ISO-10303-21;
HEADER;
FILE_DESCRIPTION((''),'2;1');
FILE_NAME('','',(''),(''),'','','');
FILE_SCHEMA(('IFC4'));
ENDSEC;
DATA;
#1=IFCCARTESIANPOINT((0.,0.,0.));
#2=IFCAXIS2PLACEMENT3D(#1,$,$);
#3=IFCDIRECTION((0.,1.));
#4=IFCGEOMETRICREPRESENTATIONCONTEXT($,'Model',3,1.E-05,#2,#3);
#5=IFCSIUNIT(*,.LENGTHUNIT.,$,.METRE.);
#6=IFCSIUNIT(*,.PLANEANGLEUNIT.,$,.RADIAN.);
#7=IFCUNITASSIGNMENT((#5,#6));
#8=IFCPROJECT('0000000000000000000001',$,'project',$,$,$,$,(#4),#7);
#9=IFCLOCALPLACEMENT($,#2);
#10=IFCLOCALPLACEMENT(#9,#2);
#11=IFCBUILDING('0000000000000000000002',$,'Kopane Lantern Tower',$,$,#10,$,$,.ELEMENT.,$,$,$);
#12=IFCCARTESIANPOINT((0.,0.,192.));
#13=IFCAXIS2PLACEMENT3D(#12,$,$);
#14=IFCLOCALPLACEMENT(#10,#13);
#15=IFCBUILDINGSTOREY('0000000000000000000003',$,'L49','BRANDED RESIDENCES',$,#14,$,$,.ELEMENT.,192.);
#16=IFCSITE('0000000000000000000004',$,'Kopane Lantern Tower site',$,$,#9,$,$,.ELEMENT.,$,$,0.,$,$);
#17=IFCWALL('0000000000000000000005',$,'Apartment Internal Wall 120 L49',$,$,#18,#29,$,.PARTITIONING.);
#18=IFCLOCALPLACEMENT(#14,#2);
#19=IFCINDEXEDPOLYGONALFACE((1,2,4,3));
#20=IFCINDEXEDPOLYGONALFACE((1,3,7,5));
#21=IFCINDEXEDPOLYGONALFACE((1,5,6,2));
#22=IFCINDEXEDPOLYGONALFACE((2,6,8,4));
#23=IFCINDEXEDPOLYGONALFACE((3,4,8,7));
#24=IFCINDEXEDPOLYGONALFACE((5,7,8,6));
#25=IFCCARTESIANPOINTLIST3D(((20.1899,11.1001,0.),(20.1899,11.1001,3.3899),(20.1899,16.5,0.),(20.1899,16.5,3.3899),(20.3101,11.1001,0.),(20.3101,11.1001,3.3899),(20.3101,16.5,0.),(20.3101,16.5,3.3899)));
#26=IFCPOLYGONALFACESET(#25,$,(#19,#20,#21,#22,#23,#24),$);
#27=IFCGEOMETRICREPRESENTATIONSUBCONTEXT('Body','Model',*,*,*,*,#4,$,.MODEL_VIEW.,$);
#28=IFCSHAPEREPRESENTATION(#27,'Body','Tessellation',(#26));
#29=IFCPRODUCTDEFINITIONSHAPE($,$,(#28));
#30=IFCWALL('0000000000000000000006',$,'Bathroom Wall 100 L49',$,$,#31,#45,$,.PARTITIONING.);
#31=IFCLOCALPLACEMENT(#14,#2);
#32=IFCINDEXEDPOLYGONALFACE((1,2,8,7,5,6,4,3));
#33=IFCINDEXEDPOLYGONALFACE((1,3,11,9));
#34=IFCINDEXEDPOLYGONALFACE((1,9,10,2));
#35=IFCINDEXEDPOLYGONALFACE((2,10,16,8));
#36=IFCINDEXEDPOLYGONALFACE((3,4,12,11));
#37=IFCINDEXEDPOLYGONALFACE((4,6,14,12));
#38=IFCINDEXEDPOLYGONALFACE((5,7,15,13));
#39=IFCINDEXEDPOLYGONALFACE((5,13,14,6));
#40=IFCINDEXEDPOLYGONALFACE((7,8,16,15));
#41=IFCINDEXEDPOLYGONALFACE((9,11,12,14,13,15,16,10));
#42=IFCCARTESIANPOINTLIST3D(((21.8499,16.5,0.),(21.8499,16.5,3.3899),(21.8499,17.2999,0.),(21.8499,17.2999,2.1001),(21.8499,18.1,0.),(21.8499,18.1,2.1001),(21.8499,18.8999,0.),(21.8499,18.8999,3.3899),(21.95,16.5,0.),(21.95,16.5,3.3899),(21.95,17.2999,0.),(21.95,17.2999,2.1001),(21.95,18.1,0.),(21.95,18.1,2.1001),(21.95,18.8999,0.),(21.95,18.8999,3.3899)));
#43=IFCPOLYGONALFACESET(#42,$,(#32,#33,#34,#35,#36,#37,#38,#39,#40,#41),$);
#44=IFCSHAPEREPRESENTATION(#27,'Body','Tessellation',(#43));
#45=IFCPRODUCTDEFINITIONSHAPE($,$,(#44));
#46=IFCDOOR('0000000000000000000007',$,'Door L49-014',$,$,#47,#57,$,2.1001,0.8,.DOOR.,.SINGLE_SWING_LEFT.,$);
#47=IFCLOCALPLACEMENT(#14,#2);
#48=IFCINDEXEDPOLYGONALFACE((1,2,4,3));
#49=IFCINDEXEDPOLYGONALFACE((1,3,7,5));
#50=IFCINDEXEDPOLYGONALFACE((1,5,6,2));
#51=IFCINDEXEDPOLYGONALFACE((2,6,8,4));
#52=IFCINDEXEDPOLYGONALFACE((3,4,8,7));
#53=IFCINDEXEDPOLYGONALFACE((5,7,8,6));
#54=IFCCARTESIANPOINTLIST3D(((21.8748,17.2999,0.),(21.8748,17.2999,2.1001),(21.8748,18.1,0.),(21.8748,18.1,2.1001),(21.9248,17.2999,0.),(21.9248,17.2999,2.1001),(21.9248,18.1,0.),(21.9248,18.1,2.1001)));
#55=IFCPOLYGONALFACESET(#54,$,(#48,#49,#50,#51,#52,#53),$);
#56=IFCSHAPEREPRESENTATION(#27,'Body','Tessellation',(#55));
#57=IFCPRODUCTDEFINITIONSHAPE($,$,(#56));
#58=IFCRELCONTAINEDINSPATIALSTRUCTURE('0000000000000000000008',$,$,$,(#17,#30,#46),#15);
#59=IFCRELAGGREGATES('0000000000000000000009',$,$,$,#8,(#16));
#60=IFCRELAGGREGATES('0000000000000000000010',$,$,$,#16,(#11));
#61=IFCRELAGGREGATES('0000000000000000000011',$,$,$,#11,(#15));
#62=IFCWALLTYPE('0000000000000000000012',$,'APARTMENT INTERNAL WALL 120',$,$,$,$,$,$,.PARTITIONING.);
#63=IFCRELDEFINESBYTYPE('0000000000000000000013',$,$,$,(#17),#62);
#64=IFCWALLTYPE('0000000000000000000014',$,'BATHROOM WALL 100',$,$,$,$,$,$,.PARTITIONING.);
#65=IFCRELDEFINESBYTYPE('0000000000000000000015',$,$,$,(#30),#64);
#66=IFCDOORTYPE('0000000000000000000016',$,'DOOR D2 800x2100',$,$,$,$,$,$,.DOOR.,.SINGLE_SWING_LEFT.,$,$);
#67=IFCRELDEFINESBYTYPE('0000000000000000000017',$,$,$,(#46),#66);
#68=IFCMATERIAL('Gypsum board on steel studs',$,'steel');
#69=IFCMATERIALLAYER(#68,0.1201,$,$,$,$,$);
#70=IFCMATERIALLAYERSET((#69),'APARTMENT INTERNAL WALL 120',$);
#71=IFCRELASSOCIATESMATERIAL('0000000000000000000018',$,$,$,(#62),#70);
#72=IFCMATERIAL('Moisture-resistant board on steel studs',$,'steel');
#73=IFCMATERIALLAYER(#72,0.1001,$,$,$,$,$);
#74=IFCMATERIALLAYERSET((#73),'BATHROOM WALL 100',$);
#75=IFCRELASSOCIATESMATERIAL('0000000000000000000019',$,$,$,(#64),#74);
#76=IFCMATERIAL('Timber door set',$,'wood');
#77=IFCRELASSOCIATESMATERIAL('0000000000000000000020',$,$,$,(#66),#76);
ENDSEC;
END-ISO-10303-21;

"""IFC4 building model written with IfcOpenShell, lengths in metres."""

from ifc_helpers import new_model, si_unit, direction, frame, frame_2d, origin, place, context, subcontext, project, spatial, rectangle, extrude, material, layer, layer_set, type_object, element, fill, save


model = new_model("IFC4")

# Units and contexts
model_context = context("Model", 3, precision=1e-05, world=origin(), true_north=direction((0.0, 1.0)))
body_context = subcontext(model_context, "Body", "Model", "MODEL_VIEW")
ifc_project = project(units=[si_unit("LENGTHUNIT", "METRE"), si_unit("PLANEANGLEUNIT", "RADIAN")], contexts=[model_context])

# Site, building, storey
site_placement = place(None, origin())
site = spatial("IfcSite", under=ifc_project, at=site_placement, Name="Kopane Lantern Tower site", CompositionType="ELEMENT", RefElevation=0.0)
building_placement = place(site_placement, origin())
building = spatial("IfcBuilding", under=site, at=building_placement, Name="Kopane Lantern Tower", CompositionType="ELEMENT")
storey_placement = place(building_placement, frame((0.0, 0.0, 192.0)))
storey = spatial("IfcBuildingStorey", under=building, at=storey_placement, Name="L49", Description="BRANDED RESIDENCES", CompositionType="ELEMENT", Elevation=192.0)

# Wall
ifc_material_1 = material(Name="Gypsum board on steel studs", Category="steel")
ifc_layer_1 = layer(ifc_material_1, 0.1201)
ifc_layer_set_1 = layer_set([ifc_layer_1], Name="APARTMENT INTERNAL WALL 120")
wall_type_1 = type_object("IfcWallType", Name="APARTMENT INTERNAL WALL 120", PredefinedType="PARTITIONING", material=ifc_layer_set_1)
wall_1_placement = place(storey_placement, frame((20.25, 16.5, 0.0), z_axis=(0.0, 0.0, 1.0), x_axis=(0.0, -1.0, 0.0)))
element("IfcWall", 1, at=wall_1_placement, inside=storey, type_object=wall_type_1, Name="Apartment Internal Wall 120 L49", PredefinedType="PARTITIONING", context=body_context, shape_type="SweptSolid", body=[
    extrude(rectangle(XDim=5.3999, YDim=0.1201, at=frame_2d((2.7, 0.0))), origin(), (0.0, 0.0, 1.0), 3.3899),
])

# Wall, opening, door
ifc_material_2 = material(Name="Moisture-resistant board on steel studs", Category="steel")
ifc_layer_2 = layer(ifc_material_2, 0.1001)
ifc_layer_set_2 = layer_set([ifc_layer_2], Name="BATHROOM WALL 100")
wall_type_2 = type_object("IfcWallType", Name="BATHROOM WALL 100", PredefinedType="PARTITIONING", material=ifc_layer_set_2)
wall_2_placement = place(storey_placement, frame((21.8999, 18.8999, 0.0), z_axis=(0.0, 0.0, 1.0), x_axis=(0.0, -1.0, 0.0)))
wall_2 = element("IfcWall", 2, at=wall_2_placement, inside=storey, type_object=wall_type_2, Name="Bathroom Wall 100 L49", PredefinedType="PARTITIONING", context=body_context, shape_type="SweptSolid", body=[
    extrude(rectangle(XDim=2.3999, YDim=0.1001, at=frame_2d((1.2, 0.0))), origin(), (0.0, 0.0, 1.0), 3.3899),
])
opening_placement = place(wall_2_placement, frame((0.8, 0.0, 0.0)))
opening = element("IfcOpeningElement", 3, at=opening_placement, cuts=wall_2, PredefinedType="OPENING", context=body_context, shape_type="SweptSolid", body=[
    extrude(rectangle(XDim=0.8, YDim=2.1001, at=frame_2d((0.3999, 1.05))), frame((0.0, 0.0601, 0.0), z_axis=(0.0, -1.0, 0.0), x_axis=(1.0, 0.0, 0.0)), (0.0, 0.0, 1.0), 0.1201),
])
ifc_material_3 = material(Name="Timber door set", Category="wood")
door_type = type_object("IfcDoorType", Name="DOOR D2 800x2100", OperationType="SINGLE_SWING_LEFT", PredefinedType="DOOR", material=ifc_material_3)
door_placement = place(opening_placement, origin())
door = element("IfcDoor", 4, at=door_placement, inside=storey, type_object=door_type, Name="Door L49-014", OperationType="SINGLE_SWING_LEFT", OverallHeight=2.1001, OverallWidth=0.8, PredefinedType="DOOR", context=body_context, shape_type="SweptSolid", body=[
    extrude(rectangle(XDim=0.8, YDim=2.1001, at=frame_2d((0.3999, 1.05))), frame((0.0, 0.0249, 0.0), z_axis=(0.0, -1.0, 0.0), x_axis=(1.0, 0.0, 0.0)), (0.0, 0.0, 1.0), 0.05),
])
fill(opening, door)

save(model, "model.ifc")
